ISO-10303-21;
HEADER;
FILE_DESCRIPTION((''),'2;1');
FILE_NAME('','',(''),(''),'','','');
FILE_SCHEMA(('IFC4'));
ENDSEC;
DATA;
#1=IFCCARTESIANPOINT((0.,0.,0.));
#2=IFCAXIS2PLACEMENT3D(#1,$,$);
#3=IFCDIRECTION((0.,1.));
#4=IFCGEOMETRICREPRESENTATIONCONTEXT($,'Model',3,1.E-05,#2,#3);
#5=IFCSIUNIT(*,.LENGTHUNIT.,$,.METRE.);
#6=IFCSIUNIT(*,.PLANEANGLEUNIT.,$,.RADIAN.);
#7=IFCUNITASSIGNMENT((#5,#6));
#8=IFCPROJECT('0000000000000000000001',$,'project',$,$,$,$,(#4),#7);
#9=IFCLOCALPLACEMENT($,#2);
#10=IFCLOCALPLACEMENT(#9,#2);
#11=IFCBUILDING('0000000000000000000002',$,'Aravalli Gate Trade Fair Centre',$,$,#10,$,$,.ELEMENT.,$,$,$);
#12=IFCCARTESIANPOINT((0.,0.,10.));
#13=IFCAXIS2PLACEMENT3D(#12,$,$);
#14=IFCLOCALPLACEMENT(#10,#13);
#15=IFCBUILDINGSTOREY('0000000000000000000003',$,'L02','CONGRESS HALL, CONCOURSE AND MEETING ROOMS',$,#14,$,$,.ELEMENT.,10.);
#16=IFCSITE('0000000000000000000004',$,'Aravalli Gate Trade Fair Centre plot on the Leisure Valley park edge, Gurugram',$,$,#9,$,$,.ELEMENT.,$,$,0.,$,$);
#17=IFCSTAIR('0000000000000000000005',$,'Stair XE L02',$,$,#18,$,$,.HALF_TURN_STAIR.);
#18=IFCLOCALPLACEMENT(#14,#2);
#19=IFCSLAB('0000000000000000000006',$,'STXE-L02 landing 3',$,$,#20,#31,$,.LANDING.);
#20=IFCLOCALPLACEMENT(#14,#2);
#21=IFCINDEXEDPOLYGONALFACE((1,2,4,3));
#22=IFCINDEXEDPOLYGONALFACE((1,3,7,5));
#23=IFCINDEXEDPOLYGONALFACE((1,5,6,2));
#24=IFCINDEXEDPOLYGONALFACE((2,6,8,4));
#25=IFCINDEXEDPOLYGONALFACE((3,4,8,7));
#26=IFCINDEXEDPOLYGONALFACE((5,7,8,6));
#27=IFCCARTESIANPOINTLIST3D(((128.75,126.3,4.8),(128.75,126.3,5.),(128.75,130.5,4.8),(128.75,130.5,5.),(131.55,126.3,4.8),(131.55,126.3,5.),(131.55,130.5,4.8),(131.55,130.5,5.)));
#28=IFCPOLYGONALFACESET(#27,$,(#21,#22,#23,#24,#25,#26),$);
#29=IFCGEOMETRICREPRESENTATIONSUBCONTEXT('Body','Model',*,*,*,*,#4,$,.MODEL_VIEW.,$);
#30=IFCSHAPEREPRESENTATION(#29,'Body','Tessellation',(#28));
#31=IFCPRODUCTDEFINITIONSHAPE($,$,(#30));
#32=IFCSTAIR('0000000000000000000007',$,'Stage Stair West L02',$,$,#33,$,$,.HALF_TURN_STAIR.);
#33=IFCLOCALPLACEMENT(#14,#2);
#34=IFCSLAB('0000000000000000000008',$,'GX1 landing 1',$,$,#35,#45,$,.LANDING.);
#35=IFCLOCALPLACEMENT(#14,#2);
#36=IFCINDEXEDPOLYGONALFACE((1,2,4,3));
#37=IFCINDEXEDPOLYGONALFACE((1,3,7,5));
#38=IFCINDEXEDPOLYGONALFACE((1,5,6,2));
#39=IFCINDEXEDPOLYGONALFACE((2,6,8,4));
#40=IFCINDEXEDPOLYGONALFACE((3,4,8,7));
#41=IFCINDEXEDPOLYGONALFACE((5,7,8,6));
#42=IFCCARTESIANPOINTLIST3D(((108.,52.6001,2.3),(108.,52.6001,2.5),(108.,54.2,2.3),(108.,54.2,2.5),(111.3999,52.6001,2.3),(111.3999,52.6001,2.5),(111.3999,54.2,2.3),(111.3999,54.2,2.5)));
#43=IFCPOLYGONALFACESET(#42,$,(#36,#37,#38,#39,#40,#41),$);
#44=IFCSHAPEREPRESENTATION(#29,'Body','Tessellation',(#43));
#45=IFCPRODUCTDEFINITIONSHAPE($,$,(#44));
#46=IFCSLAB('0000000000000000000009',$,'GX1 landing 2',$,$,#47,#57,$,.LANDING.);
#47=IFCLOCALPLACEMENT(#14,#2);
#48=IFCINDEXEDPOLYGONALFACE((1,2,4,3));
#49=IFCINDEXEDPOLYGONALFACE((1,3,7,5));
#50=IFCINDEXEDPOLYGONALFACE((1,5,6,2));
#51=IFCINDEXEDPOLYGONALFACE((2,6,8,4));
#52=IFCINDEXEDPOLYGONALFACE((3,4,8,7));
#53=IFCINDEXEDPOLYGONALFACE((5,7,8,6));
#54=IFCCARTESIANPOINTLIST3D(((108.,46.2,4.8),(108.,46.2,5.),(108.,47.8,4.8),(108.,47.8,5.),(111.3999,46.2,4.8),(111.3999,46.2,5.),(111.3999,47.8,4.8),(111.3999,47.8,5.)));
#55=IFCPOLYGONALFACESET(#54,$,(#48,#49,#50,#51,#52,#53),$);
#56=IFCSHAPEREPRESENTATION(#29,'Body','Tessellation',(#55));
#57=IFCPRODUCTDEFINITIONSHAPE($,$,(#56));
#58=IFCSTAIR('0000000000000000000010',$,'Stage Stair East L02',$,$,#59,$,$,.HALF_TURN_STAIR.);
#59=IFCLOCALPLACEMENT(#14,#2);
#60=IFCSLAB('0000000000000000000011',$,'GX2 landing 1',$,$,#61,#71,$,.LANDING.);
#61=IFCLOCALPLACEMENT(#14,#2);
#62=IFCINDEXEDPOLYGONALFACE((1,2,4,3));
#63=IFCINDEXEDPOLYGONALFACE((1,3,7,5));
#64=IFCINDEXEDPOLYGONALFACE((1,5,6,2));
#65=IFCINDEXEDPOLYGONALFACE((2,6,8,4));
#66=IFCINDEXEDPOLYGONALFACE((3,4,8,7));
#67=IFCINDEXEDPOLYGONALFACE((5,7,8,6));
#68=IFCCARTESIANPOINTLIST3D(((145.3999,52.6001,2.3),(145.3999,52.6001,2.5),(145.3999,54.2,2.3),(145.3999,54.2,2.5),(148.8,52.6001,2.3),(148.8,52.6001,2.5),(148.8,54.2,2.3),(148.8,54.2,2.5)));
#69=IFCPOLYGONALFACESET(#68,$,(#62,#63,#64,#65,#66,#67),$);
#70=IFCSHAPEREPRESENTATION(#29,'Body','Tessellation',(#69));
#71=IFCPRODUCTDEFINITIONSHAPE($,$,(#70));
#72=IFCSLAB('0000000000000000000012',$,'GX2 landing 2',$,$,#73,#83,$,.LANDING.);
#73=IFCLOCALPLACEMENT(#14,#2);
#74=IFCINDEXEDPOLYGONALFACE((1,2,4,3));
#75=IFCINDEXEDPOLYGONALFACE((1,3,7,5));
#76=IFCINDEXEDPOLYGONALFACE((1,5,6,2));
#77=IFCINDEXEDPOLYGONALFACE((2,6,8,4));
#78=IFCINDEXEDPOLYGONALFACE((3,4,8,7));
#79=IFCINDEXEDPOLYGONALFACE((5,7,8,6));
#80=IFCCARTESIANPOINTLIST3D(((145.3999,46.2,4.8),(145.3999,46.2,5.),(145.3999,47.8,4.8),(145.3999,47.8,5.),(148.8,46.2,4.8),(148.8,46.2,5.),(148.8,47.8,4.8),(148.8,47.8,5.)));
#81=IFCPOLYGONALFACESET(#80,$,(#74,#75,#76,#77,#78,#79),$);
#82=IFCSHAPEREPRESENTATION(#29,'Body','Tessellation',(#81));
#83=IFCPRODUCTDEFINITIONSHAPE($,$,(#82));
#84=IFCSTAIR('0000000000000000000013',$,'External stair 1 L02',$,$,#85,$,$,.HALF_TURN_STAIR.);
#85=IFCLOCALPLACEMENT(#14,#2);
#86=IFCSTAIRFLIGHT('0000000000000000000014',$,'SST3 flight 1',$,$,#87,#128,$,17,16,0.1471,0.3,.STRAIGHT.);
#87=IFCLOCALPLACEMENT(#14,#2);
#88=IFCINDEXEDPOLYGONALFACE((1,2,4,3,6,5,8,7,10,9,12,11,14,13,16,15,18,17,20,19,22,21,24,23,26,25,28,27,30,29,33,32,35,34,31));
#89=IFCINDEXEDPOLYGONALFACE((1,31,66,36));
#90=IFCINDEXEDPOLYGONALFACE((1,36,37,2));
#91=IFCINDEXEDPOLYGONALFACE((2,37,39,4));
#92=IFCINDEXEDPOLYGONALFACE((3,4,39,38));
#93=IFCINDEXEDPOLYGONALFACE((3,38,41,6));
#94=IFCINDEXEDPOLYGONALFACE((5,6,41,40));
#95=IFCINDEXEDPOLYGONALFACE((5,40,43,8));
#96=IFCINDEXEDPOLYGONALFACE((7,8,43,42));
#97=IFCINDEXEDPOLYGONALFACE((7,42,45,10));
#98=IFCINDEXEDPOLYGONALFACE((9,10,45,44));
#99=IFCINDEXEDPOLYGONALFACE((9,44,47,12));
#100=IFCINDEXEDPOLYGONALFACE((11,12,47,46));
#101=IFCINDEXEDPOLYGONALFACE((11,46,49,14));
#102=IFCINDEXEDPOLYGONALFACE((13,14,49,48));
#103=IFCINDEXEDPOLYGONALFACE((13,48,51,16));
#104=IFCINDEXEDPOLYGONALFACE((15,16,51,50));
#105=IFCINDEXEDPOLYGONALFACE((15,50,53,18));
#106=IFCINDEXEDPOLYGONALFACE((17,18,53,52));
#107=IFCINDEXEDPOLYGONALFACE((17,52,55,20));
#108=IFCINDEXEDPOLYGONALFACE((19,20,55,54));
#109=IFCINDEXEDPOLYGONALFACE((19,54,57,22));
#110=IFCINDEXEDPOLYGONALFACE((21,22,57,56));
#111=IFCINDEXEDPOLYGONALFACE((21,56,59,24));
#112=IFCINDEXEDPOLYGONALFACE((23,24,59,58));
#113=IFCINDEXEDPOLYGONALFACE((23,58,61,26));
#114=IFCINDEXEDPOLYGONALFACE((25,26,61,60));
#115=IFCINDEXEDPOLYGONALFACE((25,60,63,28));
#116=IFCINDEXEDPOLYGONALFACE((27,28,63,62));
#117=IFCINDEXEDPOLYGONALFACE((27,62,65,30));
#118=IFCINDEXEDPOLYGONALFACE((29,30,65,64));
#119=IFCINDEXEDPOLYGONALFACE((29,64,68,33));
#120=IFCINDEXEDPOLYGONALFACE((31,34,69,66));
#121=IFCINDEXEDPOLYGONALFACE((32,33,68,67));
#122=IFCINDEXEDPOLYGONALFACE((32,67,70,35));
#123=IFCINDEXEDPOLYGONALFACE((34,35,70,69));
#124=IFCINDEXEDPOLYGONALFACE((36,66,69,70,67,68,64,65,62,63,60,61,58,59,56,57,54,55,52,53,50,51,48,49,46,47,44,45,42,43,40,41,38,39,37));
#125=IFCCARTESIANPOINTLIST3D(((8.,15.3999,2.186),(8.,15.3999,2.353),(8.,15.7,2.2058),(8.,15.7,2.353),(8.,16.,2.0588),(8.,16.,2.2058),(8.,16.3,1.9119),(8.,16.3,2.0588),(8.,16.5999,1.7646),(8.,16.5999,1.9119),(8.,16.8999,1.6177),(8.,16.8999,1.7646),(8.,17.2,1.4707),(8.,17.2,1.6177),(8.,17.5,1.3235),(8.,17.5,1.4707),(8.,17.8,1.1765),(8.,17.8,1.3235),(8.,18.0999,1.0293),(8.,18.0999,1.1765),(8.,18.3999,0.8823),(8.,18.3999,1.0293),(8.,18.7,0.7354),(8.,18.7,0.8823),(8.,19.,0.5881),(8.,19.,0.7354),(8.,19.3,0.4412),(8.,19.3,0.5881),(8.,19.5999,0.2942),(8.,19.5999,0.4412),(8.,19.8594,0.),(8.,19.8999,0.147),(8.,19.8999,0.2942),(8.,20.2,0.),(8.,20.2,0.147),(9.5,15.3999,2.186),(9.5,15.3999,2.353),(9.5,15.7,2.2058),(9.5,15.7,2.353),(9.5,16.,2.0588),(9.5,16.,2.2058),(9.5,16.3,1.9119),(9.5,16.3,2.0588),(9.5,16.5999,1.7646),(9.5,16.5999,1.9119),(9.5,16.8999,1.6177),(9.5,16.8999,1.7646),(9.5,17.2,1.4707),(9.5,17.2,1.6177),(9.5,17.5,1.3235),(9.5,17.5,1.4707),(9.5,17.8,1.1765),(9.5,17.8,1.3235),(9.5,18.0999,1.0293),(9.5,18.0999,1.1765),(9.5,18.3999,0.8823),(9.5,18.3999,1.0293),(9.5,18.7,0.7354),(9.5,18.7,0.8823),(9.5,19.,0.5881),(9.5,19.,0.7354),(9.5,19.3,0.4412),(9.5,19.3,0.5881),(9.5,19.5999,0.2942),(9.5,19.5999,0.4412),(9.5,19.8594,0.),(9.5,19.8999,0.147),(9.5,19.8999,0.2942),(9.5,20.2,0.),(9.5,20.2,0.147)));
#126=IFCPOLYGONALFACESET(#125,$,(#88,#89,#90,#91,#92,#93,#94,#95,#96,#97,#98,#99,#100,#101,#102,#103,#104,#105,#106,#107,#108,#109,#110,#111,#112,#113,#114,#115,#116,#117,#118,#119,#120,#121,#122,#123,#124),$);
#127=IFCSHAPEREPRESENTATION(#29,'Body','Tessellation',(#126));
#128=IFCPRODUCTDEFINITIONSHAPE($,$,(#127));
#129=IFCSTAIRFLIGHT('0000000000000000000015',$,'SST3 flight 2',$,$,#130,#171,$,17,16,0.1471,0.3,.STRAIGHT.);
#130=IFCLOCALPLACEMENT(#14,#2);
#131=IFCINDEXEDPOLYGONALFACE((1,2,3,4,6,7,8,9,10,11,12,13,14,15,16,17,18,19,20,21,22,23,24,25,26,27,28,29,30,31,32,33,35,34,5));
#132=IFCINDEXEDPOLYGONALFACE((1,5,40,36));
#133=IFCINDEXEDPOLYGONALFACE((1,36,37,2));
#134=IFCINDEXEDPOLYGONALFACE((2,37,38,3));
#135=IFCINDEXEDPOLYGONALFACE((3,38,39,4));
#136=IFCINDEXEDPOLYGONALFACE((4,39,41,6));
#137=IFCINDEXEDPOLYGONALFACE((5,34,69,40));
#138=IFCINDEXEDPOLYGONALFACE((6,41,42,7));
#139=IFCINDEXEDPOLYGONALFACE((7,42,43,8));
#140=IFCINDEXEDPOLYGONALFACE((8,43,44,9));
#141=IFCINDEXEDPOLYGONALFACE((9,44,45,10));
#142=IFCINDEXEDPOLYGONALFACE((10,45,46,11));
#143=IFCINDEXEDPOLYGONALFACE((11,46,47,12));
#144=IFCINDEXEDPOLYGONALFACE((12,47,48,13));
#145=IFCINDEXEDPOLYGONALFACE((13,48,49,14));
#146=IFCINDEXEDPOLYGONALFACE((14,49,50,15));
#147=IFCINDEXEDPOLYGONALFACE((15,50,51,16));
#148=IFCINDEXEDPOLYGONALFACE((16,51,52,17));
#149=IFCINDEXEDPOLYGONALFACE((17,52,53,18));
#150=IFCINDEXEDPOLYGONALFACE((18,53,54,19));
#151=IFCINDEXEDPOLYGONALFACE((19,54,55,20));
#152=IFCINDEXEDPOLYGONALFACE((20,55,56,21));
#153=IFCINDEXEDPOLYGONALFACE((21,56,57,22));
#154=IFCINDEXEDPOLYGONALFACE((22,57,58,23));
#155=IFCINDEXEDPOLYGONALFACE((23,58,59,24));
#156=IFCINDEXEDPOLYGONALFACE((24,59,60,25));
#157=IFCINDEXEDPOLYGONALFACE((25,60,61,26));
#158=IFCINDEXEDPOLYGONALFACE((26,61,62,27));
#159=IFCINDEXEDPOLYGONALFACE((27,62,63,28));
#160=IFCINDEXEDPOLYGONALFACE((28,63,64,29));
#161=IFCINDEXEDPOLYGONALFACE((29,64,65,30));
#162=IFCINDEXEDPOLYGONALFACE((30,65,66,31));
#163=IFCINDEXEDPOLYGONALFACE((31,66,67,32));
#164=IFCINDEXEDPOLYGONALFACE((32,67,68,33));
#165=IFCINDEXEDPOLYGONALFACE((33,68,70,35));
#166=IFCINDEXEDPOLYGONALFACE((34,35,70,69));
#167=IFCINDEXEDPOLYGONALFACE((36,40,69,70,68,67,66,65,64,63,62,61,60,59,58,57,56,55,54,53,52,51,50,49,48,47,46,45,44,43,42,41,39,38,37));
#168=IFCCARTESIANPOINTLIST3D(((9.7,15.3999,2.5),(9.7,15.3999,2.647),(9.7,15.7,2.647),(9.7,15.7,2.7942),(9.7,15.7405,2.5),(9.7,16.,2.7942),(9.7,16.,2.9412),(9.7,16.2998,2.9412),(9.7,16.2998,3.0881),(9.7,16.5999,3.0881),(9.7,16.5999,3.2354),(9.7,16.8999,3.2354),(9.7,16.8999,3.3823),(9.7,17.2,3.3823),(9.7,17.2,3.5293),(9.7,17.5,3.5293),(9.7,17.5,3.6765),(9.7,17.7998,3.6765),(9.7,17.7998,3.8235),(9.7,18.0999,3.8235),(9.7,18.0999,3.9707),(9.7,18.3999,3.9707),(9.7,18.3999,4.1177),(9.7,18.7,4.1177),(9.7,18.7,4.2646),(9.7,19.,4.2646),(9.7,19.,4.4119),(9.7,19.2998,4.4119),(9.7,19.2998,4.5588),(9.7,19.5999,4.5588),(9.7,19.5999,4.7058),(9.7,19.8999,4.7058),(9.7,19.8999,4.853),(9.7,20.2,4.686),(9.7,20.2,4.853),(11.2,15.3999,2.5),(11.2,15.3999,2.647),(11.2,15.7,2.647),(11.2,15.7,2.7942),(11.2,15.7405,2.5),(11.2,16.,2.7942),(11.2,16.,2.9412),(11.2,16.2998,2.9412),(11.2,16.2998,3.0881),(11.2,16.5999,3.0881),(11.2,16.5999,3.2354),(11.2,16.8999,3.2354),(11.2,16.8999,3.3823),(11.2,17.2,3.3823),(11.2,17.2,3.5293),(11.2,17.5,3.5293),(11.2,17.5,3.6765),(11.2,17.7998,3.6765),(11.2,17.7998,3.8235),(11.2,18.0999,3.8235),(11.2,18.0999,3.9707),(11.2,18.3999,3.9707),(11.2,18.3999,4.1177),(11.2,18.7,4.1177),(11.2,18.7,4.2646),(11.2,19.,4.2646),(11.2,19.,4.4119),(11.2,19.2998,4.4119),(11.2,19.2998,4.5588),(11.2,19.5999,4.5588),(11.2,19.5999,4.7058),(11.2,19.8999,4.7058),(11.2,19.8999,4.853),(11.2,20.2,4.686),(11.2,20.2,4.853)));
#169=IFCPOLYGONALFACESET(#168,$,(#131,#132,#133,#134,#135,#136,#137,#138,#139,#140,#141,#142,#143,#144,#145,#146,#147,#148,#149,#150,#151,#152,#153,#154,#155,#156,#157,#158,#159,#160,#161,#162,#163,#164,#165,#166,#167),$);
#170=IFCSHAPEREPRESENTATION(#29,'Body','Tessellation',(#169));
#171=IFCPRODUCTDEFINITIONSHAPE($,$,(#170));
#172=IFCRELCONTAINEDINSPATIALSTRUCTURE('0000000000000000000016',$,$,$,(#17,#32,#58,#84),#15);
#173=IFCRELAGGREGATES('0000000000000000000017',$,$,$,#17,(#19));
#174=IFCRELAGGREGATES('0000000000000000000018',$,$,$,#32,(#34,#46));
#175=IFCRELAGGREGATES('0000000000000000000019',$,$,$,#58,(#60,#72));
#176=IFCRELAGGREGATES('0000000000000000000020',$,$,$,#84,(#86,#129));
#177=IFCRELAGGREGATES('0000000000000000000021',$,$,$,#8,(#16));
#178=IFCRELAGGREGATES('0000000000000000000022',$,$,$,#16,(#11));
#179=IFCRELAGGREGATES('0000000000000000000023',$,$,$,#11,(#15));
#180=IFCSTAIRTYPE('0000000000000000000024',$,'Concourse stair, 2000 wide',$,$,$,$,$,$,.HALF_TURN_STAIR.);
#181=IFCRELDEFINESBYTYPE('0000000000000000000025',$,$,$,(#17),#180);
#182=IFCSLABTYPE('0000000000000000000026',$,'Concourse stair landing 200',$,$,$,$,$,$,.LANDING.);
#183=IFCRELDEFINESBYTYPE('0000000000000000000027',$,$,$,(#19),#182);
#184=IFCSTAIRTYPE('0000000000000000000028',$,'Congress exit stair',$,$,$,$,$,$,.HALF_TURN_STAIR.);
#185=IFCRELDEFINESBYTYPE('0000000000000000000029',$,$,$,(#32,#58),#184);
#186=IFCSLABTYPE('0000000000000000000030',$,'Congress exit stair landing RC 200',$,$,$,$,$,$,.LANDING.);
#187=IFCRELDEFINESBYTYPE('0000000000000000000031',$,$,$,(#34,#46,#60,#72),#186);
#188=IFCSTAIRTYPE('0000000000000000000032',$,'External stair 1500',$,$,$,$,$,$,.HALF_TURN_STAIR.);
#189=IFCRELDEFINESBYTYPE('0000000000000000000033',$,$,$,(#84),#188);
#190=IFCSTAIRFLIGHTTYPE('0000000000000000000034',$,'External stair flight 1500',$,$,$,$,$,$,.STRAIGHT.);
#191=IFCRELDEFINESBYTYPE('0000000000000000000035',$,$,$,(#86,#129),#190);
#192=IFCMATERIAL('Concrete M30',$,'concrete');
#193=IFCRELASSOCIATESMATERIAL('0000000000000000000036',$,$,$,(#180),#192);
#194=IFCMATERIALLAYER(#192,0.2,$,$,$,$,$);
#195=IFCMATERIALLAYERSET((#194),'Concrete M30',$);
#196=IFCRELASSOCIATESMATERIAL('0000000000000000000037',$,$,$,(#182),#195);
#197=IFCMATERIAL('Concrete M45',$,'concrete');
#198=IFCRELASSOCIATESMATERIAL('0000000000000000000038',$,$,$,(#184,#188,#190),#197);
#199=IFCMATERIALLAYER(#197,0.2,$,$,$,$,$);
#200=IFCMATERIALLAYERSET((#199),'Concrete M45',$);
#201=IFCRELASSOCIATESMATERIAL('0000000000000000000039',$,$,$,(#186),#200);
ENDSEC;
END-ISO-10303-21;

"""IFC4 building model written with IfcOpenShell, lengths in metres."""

from ifc_helpers import new_model, si_unit, direction, frame, origin, place, context, subcontext, project, spatial, polyline, outline, extrude, material, layer, layer_set, type_object, element, aggregate, save


model = new_model("IFC4")

# Units and contexts
model_context = context("Model", 3, precision=1e-05, world=origin(), true_north=direction((0.0, 1.0)))
body_context = subcontext(model_context, "Body", "Model", "MODEL_VIEW")
ifc_project = project(units=[si_unit("LENGTHUNIT", "METRE"), si_unit("PLANEANGLEUNIT", "RADIAN")], contexts=[model_context])

# Site, building, storey
site_placement = place(None, origin())
site = spatial("IfcSite", under=ifc_project, at=site_placement, Name="Aravalli Gate Trade Fair Centre plot on the Leisure Valley park edge, Gurugram", CompositionType="ELEMENT", RefElevation=0.0)
building_placement = place(site_placement, origin())
building = spatial("IfcBuilding", under=site, at=building_placement, Name="Aravalli Gate Trade Fair Centre", CompositionType="ELEMENT")
storey_placement = place(building_placement, frame((0.0, 0.0, 10.0)))
storey = spatial("IfcBuildingStorey", under=building, at=storey_placement, Name="L02", Description="CONGRESS HALL, CONCOURSE AND MEETING ROOMS", CompositionType="ELEMENT", Elevation=10.0)

# Shared definitions
ifc_material_1 = material(Name="Concrete M45", Category="concrete")

# Stairs, slabs
ifc_material_2 = material(Name="Concrete M30", Category="concrete")
stair_type_1 = type_object("IfcStairType", Name="Concourse stair, 2000 wide", PredefinedType="HALF_TURN_STAIR", material=ifc_material_2)
ifc_layer_1 = layer(ifc_material_2, 0.2)
ifc_layer_set_1 = layer_set([ifc_layer_1], Name="Concrete M30")
slab_type_1 = type_object("IfcSlabType", Name="Concourse stair landing 200", PredefinedType="LANDING", material=ifc_layer_set_1)
stair_1_placement = place(storey_placement, origin())
stair_1 = element("IfcStair", 1, at=stair_1_placement, inside=storey, type_object=stair_type_1, Name="Stair XE L02", PredefinedType="HALF_TURN_STAIR")
slab_1_placement = place(storey_placement, frame((0.0, 0.0, 4.8)))
slab_1 = element("IfcSlab", 2, at=slab_1_placement, type_object=slab_type_1, Name="STXE-L02 landing 3", PredefinedType="LANDING", context=body_context, shape_type="SweptSolid", body=[
    extrude(outline(polyline([(128.75, 126.3), (131.55, 126.3), (131.55, 130.5), (128.75, 130.5), (128.75, 126.3)])), origin(), (0.0, 0.0, 1.0), 0.2),
])
aggregate(stair_1, [slab_1])
stair_type_2 = type_object("IfcStairType", Name="Congress exit stair", PredefinedType="HALF_TURN_STAIR", material=ifc_material_1)
stair_2_placement = place(storey_placement, origin())
stair_2 = element("IfcStair", 3, at=stair_2_placement, inside=storey, type_object=stair_type_2, Name="Stage Stair West L02", PredefinedType="HALF_TURN_STAIR")
ifc_layer_2 = layer(ifc_material_1, 0.2)
ifc_layer_set_2 = layer_set([ifc_layer_2], Name="Concrete M45")
slab_type_2 = type_object("IfcSlabType", Name="Congress exit stair landing RC 200", PredefinedType="LANDING", material=ifc_layer_set_2)
slab_2_placement = place(storey_placement, frame((0.0, 0.0, 2.3)))
slab_2 = element("IfcSlab", 4, at=slab_2_placement, type_object=slab_type_2, Name="GX1 landing 1", PredefinedType="LANDING", context=body_context, shape_type="SweptSolid", body=[
    extrude(outline(polyline([(108.0, 52.6001), (111.3999, 52.6001), (111.3999, 54.2), (108.0, 54.2), (108.0, 52.6001)])), origin(), (0.0, 0.0, 1.0), 0.2),
])
slab_3_placement = place(storey_placement, frame((0.0, 0.0, 4.8)))
slab_3 = element("IfcSlab", 5, at=slab_3_placement, type_object=slab_type_2, Name="GX1 landing 2", PredefinedType="LANDING", context=body_context, shape_type="SweptSolid", body=[
    extrude(outline(polyline([(108.0, 46.2), (111.3999, 46.2), (111.3999, 47.8), (108.0, 47.8), (108.0, 46.2)])), origin(), (0.0, 0.0, 1.0), 0.2),
])
aggregate(stair_2, [slab_2, slab_3])
stair_3_placement = place(storey_placement, origin())
stair_3 = element("IfcStair", 6, at=stair_3_placement, inside=storey, type_object=stair_type_2, Name="Stage Stair East L02", PredefinedType="HALF_TURN_STAIR")
slab_4_placement = place(storey_placement, frame((0.0, 0.0, 2.3)))
slab_4 = element("IfcSlab", 7, at=slab_4_placement, type_object=slab_type_2, Name="GX2 landing 1", PredefinedType="LANDING", context=body_context, shape_type="SweptSolid", body=[
    extrude(outline(polyline([(145.3999, 52.6001), (148.8, 52.6001), (148.8, 54.2), (145.3999, 54.2), (145.3999, 52.6001)])), origin(), (0.0, 0.0, 1.0), 0.2),
])
slab_5_placement = place(storey_placement, frame((0.0, 0.0, 4.8)))
slab_5 = element("IfcSlab", 8, at=slab_5_placement, type_object=slab_type_2, Name="GX2 landing 2", PredefinedType="LANDING", context=body_context, shape_type="SweptSolid", body=[
    extrude(outline(polyline([(145.3999, 46.2), (148.8, 46.2), (148.8, 47.8), (145.3999, 47.8), (145.3999, 46.2)])), origin(), (0.0, 0.0, 1.0), 0.2),
])
aggregate(stair_3, [slab_4, slab_5])

# Stair, stair flights
stair_type_3 = type_object("IfcStairType", Name="External stair 1500", PredefinedType="HALF_TURN_STAIR", material=ifc_material_1)
stair_4_placement = place(storey_placement, origin())
stair_4 = element("IfcStair", 9, at=stair_4_placement, inside=storey, type_object=stair_type_3, Name="External stair 1 L02", PredefinedType="HALF_TURN_STAIR")
stair_flight_type = type_object("IfcStairFlightType", Name="External stair flight 1500", PredefinedType="STRAIGHT", material=ifc_material_1)
stair_flight_1_placement = place(storey_placement, frame((8.75, 20.2, 0.0), z_axis=(0.0, 0.0, 1.0), x_axis=(0.0, -1.0, 0.0)))
stair_flight_1 = element("IfcStairFlight", 10, at=stair_flight_1_placement, type_object=stair_flight_type, Name="SST3 flight 1", NumberOfRisers=17, NumberOfTreads=16, PredefinedType="STRAIGHT", RiserHeight=0.1471, TreadLength=0.3, context=body_context, shape_type="SweptSolid", body=[
    extrude(outline(polyline([(0.0, 0.0), (0.0, 0.147), (0.3, 0.147), (0.3, 0.2942), (0.6001, 0.2942), (0.6001, 0.4412), (0.8999, 0.4412), (0.8999, 0.5881), (1.2, 0.5881), (1.2, 0.7354), (1.5, 0.7354), (1.5, 0.8823), (1.8, 0.8823), (1.8, 1.0293), (2.1001, 1.0293), (2.1001, 1.1765), (2.3999, 1.1765), (2.3999, 1.3235), (2.7, 1.3235), (2.7, 1.4707), (3.0, 1.4707), (3.0, 1.6177), (3.3, 1.6177), (3.3, 1.7646), (3.6001, 1.7646), (3.6001, 1.9119), (3.8999, 1.9119), (3.8999, 2.0588), (4.2, 2.0588), (4.2, 2.2058), (4.5, 2.2058), (4.5, 2.353), (4.8, 2.353), (4.8, 2.5), (4.8, 2.186), (0.3406, 0.0), (0.0, 0.0)])), frame((0.0, 0.75, 0.0), z_axis=(0.0, -1.0, 0.0), x_axis=(1.0, 0.0, 0.0)), (0.0, 0.0, 1.0), 1.5),
])
stair_flight_2_placement = place(storey_placement, frame((10.45, 15.3999, 2.5), z_axis=(0.0, 0.0, 1.0), x_axis=(0.0, 1.0, 0.0)))
stair_flight_2 = element("IfcStairFlight", 11, at=stair_flight_2_placement, type_object=stair_flight_type, Name="SST3 flight 2", NumberOfRisers=17, NumberOfTreads=16, PredefinedType="STRAIGHT", RiserHeight=0.1471, TreadLength=0.3, context=body_context, shape_type="SweptSolid", body=[
    extrude(outline(polyline([(0.0, 0.0), (0.0, 0.147), (0.3, 0.147), (0.3, 0.2942), (0.6001, 0.2942), (0.6001, 0.4412), (0.8999, 0.4412), (0.8999, 0.5881), (1.2, 0.5881), (1.2, 0.7354), (1.5, 0.7354), (1.5, 0.8823), (1.8, 0.8823), (1.8, 1.0293), (2.1001, 1.0293), (2.1001, 1.1765), (2.3999, 1.1765), (2.3999, 1.3235), (2.7, 1.3235), (2.7, 1.4707), (3.0, 1.4707), (3.0, 1.6177), (3.3, 1.6177), (3.3, 1.7646), (3.6001, 1.7646), (3.6001, 1.9119), (3.8999, 1.9119), (3.8999, 2.0588), (4.2, 2.0588), (4.2, 2.2058), (4.5, 2.2058), (4.5, 2.353), (4.8, 2.353), (4.8, 2.5), (4.8, 2.186), (0.3406, 0.0), (0.0, 0.0)])), frame((0.0, 0.75, 0.0), z_axis=(0.0, -1.0, 0.0), x_axis=(1.0, 0.0, 0.0)), (0.0, 0.0, 1.0), 1.5),
])
aggregate(stair_4, [stair_flight_1, stair_flight_2])

save(model, "model.ifc")
